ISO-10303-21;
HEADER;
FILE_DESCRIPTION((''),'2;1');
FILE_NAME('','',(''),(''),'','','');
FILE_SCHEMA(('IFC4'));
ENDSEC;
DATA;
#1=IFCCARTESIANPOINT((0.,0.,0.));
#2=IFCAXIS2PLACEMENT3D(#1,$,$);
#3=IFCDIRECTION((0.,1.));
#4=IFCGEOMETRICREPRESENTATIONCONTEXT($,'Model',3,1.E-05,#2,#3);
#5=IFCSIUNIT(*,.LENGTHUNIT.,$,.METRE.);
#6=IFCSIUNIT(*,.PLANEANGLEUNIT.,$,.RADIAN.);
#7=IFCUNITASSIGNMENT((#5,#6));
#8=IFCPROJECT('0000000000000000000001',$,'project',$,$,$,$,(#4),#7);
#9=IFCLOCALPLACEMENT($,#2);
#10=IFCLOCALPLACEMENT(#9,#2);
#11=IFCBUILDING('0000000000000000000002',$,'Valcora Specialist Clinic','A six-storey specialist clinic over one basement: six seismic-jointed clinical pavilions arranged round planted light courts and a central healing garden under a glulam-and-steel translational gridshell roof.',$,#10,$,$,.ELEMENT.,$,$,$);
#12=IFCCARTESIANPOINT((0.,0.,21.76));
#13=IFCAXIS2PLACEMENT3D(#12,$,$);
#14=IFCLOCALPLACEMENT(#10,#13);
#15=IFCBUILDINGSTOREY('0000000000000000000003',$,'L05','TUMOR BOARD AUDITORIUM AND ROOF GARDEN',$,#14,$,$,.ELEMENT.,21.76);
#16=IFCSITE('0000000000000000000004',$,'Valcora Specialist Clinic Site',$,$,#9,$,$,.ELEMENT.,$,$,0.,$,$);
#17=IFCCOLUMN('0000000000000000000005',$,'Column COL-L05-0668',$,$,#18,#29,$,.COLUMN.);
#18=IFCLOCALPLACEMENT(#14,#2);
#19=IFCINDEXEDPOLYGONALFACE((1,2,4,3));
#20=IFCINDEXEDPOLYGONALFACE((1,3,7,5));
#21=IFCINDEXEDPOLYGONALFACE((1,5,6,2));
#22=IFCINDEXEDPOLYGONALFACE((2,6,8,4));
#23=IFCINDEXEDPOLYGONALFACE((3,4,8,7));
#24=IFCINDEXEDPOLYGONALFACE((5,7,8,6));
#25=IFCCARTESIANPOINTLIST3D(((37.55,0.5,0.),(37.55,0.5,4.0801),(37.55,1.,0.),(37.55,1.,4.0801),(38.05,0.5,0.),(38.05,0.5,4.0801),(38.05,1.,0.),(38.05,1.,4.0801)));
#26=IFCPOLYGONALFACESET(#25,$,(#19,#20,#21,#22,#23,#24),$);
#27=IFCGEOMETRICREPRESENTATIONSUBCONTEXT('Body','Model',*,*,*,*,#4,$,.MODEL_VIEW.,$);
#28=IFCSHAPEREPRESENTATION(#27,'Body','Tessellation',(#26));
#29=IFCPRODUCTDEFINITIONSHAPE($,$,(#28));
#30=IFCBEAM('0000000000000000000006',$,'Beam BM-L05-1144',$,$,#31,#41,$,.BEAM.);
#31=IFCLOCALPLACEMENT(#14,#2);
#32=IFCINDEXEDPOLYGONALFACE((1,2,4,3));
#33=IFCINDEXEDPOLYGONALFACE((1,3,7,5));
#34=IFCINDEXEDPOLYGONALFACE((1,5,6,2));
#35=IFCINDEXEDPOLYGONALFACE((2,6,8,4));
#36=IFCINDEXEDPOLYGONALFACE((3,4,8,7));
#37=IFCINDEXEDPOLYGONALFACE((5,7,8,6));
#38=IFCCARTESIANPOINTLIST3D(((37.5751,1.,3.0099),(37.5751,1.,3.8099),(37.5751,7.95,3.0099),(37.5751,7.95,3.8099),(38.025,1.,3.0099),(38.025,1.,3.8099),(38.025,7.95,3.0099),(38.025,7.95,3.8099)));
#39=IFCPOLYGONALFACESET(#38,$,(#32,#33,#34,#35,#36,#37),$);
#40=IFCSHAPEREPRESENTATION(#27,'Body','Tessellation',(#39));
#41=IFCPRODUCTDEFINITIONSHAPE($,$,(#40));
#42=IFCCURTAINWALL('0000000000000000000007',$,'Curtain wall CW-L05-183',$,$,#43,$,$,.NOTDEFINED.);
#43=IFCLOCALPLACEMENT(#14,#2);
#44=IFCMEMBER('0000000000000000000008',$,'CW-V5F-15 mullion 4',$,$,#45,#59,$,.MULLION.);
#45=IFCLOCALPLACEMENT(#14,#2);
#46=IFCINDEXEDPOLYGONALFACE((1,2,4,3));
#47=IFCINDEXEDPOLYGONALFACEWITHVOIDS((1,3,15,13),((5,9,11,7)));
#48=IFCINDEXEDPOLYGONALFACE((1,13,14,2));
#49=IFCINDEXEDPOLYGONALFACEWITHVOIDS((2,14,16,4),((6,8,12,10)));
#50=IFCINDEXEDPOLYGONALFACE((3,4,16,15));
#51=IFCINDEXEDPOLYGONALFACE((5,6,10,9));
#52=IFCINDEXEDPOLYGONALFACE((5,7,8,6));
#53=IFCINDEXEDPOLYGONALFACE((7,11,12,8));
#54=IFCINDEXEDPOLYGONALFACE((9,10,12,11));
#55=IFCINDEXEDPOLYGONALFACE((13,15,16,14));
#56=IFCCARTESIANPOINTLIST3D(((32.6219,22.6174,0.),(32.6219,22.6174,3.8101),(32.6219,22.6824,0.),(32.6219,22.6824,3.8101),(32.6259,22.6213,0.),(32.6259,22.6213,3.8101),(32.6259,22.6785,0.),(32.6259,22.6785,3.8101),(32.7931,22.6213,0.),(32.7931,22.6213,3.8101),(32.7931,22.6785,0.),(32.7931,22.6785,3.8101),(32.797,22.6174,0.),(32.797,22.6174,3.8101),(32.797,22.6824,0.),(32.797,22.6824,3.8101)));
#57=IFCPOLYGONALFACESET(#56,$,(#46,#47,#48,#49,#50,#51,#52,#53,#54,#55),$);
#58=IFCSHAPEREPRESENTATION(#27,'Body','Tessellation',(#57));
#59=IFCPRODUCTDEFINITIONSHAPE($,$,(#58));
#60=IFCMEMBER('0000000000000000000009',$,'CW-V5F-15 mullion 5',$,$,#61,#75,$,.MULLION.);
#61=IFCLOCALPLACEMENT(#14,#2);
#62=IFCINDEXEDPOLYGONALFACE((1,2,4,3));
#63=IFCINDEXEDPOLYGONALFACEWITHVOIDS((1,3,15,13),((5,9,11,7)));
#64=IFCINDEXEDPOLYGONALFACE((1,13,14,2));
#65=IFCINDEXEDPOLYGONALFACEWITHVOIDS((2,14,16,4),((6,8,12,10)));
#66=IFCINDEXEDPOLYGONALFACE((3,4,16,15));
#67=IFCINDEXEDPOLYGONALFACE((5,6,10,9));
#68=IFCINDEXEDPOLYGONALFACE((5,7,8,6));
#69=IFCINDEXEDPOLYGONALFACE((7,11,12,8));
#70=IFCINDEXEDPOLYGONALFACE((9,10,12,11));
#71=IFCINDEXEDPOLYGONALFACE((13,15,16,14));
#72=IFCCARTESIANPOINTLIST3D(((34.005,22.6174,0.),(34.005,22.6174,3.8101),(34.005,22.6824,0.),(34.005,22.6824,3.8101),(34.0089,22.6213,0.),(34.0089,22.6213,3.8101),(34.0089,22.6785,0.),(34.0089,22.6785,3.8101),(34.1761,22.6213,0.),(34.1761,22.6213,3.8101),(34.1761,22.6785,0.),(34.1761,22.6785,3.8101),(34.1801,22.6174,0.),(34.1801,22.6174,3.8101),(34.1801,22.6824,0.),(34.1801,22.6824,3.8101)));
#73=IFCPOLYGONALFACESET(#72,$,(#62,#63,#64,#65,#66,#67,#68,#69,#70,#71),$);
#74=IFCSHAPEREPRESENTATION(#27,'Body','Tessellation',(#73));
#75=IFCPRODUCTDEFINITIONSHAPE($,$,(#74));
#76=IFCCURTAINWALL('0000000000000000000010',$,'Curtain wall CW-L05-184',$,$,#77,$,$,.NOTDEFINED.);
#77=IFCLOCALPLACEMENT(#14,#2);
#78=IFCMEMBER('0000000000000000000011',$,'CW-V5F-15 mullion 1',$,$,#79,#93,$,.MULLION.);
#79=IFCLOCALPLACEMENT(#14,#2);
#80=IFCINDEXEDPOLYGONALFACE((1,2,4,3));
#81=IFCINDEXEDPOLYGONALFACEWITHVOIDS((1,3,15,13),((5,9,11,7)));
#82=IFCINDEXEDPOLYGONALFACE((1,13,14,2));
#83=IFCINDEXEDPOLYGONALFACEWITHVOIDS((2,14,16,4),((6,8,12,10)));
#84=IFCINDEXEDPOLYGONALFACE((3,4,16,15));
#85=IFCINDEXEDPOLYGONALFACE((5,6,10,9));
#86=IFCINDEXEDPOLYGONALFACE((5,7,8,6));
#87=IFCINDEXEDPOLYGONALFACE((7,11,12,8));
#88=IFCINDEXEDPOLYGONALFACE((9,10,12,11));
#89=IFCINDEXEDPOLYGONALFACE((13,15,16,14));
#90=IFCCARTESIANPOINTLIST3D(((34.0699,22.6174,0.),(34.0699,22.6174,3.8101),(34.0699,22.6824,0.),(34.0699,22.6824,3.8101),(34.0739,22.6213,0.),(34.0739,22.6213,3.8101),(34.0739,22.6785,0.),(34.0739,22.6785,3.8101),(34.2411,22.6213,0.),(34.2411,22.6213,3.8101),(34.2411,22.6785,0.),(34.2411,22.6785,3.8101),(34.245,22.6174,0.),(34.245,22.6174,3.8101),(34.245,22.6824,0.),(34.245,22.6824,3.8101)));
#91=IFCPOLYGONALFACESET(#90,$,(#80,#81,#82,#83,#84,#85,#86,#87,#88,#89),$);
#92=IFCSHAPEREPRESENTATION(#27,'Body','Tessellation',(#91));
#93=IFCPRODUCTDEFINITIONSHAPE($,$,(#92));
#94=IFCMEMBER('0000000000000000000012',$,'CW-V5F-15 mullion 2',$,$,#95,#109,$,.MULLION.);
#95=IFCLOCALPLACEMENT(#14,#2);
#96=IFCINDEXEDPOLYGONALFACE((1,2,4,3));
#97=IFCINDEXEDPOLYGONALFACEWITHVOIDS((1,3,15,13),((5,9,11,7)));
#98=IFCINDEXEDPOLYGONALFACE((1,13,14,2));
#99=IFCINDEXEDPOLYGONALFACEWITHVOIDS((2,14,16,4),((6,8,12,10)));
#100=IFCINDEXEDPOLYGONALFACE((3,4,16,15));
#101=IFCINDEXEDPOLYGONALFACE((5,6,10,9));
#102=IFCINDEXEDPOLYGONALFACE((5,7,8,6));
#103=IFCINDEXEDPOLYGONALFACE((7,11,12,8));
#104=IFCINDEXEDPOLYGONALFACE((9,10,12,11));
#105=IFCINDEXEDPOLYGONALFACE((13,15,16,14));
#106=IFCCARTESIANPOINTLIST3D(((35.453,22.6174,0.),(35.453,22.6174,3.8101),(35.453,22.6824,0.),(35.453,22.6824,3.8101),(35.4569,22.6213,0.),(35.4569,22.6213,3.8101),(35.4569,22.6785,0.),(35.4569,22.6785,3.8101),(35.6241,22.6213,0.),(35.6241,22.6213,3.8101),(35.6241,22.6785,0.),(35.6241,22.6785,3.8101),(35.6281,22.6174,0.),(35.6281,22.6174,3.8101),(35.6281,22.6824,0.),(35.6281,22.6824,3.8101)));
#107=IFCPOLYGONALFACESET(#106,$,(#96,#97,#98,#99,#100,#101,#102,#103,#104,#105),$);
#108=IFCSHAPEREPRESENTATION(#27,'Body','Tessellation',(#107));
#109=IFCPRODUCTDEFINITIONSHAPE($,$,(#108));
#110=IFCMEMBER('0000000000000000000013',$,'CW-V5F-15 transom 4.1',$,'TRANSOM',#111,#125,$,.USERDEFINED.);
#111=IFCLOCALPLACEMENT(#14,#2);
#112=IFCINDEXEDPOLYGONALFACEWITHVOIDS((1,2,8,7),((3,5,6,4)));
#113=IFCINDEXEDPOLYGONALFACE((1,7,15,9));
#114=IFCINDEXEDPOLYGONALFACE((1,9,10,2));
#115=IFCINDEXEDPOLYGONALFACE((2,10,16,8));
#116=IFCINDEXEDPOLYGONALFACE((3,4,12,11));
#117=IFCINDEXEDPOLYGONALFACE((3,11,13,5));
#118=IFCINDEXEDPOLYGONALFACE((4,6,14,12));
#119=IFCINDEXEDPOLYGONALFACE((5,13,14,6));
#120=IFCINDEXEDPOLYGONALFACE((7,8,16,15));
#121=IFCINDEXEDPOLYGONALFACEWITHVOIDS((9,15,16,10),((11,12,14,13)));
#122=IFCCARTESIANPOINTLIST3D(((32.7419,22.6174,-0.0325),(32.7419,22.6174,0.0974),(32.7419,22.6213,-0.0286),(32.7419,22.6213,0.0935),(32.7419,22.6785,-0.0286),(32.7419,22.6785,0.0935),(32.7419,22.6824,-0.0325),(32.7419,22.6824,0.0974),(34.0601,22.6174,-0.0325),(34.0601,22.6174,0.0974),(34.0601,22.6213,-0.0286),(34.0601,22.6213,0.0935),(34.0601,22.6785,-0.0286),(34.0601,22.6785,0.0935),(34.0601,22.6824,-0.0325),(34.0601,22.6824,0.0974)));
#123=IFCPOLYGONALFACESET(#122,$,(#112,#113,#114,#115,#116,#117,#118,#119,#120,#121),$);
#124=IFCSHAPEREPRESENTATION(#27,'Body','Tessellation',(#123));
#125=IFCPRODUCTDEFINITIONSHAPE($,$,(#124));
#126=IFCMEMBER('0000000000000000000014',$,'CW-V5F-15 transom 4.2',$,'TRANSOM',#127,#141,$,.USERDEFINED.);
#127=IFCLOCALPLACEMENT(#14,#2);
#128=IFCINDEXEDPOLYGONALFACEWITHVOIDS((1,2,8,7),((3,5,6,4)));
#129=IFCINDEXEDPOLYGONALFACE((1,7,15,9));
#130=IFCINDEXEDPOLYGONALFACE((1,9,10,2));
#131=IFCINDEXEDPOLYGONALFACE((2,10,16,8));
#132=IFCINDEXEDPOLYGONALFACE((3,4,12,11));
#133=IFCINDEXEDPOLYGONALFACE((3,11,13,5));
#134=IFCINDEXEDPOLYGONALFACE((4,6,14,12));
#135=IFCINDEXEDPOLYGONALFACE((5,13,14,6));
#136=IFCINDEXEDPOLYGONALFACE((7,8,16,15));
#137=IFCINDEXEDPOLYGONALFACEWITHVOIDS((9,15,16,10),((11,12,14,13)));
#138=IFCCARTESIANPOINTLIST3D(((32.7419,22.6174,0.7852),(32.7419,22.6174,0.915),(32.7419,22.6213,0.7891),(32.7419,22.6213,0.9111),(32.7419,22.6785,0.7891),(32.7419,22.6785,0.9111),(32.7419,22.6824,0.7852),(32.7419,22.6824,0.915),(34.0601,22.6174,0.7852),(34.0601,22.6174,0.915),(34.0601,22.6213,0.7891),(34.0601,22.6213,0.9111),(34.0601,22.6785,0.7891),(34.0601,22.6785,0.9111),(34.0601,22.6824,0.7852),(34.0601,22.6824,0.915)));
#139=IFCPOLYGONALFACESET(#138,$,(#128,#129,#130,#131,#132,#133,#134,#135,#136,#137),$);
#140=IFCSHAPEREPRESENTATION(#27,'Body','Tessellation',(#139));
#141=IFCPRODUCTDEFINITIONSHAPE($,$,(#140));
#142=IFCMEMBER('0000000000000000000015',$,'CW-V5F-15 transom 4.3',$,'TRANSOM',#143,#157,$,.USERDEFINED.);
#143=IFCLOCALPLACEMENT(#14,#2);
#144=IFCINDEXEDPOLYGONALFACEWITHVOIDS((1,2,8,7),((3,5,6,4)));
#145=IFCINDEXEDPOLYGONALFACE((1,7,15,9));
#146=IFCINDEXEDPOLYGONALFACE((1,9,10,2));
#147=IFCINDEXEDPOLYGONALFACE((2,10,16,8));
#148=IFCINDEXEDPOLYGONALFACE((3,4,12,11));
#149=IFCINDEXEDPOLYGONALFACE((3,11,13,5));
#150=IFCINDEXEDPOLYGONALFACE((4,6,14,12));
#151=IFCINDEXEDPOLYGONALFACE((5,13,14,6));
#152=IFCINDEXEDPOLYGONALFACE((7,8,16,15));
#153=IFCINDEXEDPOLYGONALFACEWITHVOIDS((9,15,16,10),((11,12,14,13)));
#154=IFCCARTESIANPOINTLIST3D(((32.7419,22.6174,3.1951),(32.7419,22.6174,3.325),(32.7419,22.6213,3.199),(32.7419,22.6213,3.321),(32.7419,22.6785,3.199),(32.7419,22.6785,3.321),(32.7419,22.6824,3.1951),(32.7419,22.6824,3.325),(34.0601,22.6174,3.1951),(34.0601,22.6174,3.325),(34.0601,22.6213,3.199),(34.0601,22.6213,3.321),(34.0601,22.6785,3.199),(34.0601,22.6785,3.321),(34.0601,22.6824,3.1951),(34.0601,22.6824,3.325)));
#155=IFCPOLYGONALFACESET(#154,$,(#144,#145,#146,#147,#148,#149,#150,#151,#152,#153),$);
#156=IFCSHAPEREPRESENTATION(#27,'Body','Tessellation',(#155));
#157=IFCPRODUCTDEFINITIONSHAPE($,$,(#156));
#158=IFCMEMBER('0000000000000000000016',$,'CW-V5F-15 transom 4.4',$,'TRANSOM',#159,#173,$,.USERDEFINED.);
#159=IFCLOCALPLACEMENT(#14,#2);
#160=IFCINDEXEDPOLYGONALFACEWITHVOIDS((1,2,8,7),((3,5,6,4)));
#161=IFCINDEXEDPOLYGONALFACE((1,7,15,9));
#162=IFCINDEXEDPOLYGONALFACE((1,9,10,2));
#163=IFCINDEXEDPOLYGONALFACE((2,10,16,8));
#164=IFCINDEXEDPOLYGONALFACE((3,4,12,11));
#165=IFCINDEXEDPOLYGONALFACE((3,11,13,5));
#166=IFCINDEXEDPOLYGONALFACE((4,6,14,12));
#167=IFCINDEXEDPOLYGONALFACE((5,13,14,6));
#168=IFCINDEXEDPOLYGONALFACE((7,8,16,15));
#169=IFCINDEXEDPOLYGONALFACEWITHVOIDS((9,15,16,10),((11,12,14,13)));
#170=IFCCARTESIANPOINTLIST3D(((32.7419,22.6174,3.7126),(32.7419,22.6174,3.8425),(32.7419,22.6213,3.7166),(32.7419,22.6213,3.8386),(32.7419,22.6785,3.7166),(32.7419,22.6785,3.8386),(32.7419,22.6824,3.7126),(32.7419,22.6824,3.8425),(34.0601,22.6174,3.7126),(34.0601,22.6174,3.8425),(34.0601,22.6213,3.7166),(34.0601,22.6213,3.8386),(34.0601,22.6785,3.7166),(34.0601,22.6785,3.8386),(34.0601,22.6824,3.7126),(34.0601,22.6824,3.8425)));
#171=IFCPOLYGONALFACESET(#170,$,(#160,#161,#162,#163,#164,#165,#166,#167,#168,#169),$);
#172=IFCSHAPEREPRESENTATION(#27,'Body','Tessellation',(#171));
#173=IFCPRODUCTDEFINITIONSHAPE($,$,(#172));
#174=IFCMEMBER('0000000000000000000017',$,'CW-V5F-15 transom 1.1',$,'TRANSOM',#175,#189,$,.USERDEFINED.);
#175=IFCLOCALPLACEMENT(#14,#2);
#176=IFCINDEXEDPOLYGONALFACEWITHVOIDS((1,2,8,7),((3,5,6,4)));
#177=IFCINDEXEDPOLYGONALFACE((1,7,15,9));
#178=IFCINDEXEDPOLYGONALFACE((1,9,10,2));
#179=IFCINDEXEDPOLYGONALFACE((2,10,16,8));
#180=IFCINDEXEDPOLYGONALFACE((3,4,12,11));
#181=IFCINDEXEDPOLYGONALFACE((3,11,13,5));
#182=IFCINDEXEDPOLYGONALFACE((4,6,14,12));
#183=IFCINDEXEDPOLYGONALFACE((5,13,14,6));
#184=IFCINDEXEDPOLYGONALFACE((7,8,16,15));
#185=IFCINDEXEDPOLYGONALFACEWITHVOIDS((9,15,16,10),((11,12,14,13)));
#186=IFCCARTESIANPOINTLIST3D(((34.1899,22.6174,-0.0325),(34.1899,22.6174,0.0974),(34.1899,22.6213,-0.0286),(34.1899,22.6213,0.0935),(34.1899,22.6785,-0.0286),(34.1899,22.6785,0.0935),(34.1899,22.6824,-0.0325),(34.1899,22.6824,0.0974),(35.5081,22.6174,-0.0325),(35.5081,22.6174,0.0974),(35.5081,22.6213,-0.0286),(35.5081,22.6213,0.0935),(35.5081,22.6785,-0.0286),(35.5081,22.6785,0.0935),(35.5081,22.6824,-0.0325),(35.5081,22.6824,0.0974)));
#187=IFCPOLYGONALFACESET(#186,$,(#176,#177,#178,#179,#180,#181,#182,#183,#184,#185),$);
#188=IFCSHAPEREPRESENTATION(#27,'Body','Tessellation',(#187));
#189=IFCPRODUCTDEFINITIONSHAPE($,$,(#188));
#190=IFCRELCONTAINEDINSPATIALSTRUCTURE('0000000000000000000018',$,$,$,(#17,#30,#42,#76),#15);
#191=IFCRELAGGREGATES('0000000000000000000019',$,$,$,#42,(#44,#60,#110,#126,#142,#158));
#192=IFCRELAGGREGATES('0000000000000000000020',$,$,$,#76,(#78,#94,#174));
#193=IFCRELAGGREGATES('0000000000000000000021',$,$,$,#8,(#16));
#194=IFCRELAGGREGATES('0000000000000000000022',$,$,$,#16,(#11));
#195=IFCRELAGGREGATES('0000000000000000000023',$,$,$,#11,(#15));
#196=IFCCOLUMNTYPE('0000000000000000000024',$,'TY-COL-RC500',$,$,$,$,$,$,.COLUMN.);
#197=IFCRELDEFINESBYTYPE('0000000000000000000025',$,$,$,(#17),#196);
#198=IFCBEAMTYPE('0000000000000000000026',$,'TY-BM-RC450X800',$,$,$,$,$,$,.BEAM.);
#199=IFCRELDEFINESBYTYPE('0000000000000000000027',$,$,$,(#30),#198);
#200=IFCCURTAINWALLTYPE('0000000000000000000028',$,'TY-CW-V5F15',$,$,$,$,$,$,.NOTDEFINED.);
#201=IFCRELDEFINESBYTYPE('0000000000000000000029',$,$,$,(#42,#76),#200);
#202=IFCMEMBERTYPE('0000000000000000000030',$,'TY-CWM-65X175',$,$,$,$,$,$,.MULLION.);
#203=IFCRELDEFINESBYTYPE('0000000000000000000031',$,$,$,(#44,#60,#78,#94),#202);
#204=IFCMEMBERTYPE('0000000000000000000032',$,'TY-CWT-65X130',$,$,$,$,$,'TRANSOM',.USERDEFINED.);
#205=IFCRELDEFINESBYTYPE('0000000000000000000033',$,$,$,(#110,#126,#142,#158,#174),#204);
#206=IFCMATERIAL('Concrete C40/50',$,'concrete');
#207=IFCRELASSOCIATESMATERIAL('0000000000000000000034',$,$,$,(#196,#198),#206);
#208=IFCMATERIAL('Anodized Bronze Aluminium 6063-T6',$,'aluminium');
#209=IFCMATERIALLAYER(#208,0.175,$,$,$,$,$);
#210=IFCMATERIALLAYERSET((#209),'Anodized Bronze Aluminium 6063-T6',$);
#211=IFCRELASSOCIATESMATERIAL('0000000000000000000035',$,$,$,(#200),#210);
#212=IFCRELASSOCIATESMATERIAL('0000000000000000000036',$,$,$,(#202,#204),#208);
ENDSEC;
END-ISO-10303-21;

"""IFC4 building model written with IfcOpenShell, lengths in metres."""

from ifc_helpers import new_model, si_unit, direction, frame, origin, origin_2d, place, context, subcontext, project, spatial, rectangle, hollow_rectangle, extrude, material, layer, layer_set, material_profile, profile_set, type_object, element, aggregate, save


model = new_model("IFC4")

# Units and contexts
model_context = context("Model", 3, precision=1e-05, world=origin(), true_north=direction((0.0, 1.0)))
body_context = subcontext(model_context, "Body", "Model", "MODEL_VIEW")
ifc_project = project(units=[si_unit("LENGTHUNIT", "METRE"), si_unit("PLANEANGLEUNIT", "RADIAN")], contexts=[model_context])

# Site, building, storey
site_placement = place(None, origin())
site = spatial("IfcSite", under=ifc_project, at=site_placement, Name="Valcora Specialist Clinic Site", CompositionType="ELEMENT", RefElevation=0.0)
building_placement = place(site_placement, origin())
building = spatial("IfcBuilding", under=site, at=building_placement, Name="Valcora Specialist Clinic", Description="A six-storey specialist clinic over one basement: six seismic-jointed clinical pavilions arranged round planted light courts and a central healing garden under a glulam-and-steel translational gridshell roof.", CompositionType="ELEMENT")
storey_placement = place(building_placement, frame((0.0, 0.0, 21.76)))
storey = spatial("IfcBuildingStorey", under=building, at=storey_placement, Name="L05", Description="TUMOR BOARD AUDITORIUM AND ROOF GARDEN", CompositionType="ELEMENT", Elevation=21.76)

# Column
ifc_material_1 = material(Name="Concrete C40/50", Category="concrete")
ifc_material_profile_1 = material_profile(ifc_material_1, rectangle(XDim=0.5, YDim=0.5, at=origin_2d()), Name="RC-COL-500X500")
ifc_profile_set_1 = profile_set([ifc_material_profile_1], Name="Concrete C40/50")
column_type = type_object("IfcColumnType", Name="TY-COL-RC500", PredefinedType="COLUMN", material=ifc_profile_set_1)
column_placement = place(storey_placement, frame((37.8, 0.75, 0.0), z_axis=(0.0, 0.0, 1.0), x_axis=(1.0, 0.0, 0.0)))
element("IfcColumn", 1, at=column_placement, inside=storey, type_object=column_type, Name="Column COL-L05-0668", PredefinedType="COLUMN", context=body_context, shape_type="SweptSolid", body=[
    extrude(rectangle(XDim=0.5, YDim=0.5, at=origin_2d()), origin(), (0.0, 0.0, 1.0), 4.0801),
])

# Beam
ifc_material_profile_2 = material_profile(ifc_material_1, rectangle(XDim=0.45, YDim=0.8, at=origin_2d()), Name="RC-BM-450X800")
ifc_profile_set_2 = profile_set([ifc_material_profile_2], Name="Concrete C40/50")
beam_type = type_object("IfcBeamType", Name="TY-BM-RC450X800", PredefinedType="BEAM", material=ifc_profile_set_2)
beam_placement = place(storey_placement, frame((37.8, 1.0, 3.4099), z_axis=(0.0, 1.0, 0.0), x_axis=(-1.0, 0.0, 0.0)))
element("IfcBeam", 2, at=beam_placement, inside=storey, type_object=beam_type, Name="Beam BM-L05-1144", PredefinedType="BEAM", context=body_context, shape_type="SweptSolid", body=[
    extrude(rectangle(XDim=0.45, YDim=0.8, at=origin_2d()), origin(), (0.0, 0.0, 1.0), 6.95),
])

# Curtain walls, members
ifc_material_2 = material(Name="Anodized Bronze Aluminium 6063-T6", Category="aluminium")
ifc_layer_1 = layer(ifc_material_2, 0.175)
ifc_layer_set_1 = layer_set([ifc_layer_1], Name="Anodized Bronze Aluminium 6063-T6")
curtain_wall_type = type_object("IfcCurtainWallType", Name="TY-CW-V5F15", PredefinedType="NOTDEFINED", material=ifc_layer_set_1)
curtain_wall_1_placement = place(storey_placement, origin())
curtain_wall_1 = element("IfcCurtainWall", 3, at=curtain_wall_1_placement, inside=storey, type_object=curtain_wall_type, Name="Curtain wall CW-L05-183", PredefinedType="NOTDEFINED")
ifc_material_profile_3 = material_profile(ifc_material_2, hollow_rectangle(XDim=0.0649, YDim=0.175, WallThickness=0.0039, at=origin_2d()), Name="AL-MUL-65X175")
ifc_profile_set_3 = profile_set([ifc_material_profile_3], Name="Anodized Bronze Aluminium 6063-T6")
member_type_1 = type_object("IfcMemberType", Name="TY-CWM-65X175", PredefinedType="MULLION", material=ifc_profile_set_3)
member_1_placement = place(storey_placement, frame((32.7095, 22.6499, 0.0), z_axis=(0.0, 0.0, 1.0), x_axis=(0.0, 1.0, 0.0)))
member_1 = element("IfcMember", 4, at=member_1_placement, type_object=member_type_1, Name="CW-V5F-15 mullion 4", PredefinedType="MULLION", context=body_context, shape_type="SweptSolid", body=[
    extrude(hollow_rectangle(XDim=0.0649, YDim=0.175, WallThickness=0.0039, at=origin_2d()), origin(), (0.0, 0.0, 1.0), 3.8101),
])
member_2_placement = place(storey_placement, frame((34.0925, 22.6499, 0.0), z_axis=(0.0, 0.0, 1.0), x_axis=(0.0, 1.0, 0.0)))
member_2 = element("IfcMember", 5, at=member_2_placement, type_object=member_type_1, Name="CW-V5F-15 mullion 5", PredefinedType="MULLION", context=body_context, shape_type="SweptSolid", body=[
    extrude(hollow_rectangle(XDim=0.0649, YDim=0.175, WallThickness=0.0039, at=origin_2d()), origin(), (0.0, 0.0, 1.0), 3.8101),
])
curtain_wall_2_placement = place(storey_placement, origin())
curtain_wall_2 = element("IfcCurtainWall", 6, at=curtain_wall_2_placement, inside=storey, type_object=curtain_wall_type, Name="Curtain wall CW-L05-184", PredefinedType="NOTDEFINED")
member_3_placement = place(storey_placement, frame((34.1575, 22.6499, 0.0), z_axis=(0.0, 0.0, 1.0), x_axis=(0.0, 1.0, 0.0)))
member_3 = element("IfcMember", 7, at=member_3_placement, type_object=member_type_1, Name="CW-V5F-15 mullion 1", PredefinedType="MULLION", context=body_context, shape_type="SweptSolid", body=[
    extrude(hollow_rectangle(XDim=0.0649, YDim=0.175, WallThickness=0.0039, at=origin_2d()), origin(), (0.0, 0.0, 1.0), 3.8101),
])
member_4_placement = place(storey_placement, frame((35.5405, 22.6499, 0.0), z_axis=(0.0, 0.0, 1.0), x_axis=(0.0, 1.0, 0.0)))
member_4 = element("IfcMember", 8, at=member_4_placement, type_object=member_type_1, Name="CW-V5F-15 mullion 2", PredefinedType="MULLION", context=body_context, shape_type="SweptSolid", body=[
    extrude(hollow_rectangle(XDim=0.0649, YDim=0.175, WallThickness=0.0039, at=origin_2d()), origin(), (0.0, 0.0, 1.0), 3.8101),
])

# Members
ifc_material_profile_4 = material_profile(ifc_material_2, hollow_rectangle(XDim=0.0649, YDim=0.1299, WallThickness=0.0039, at=origin_2d()), Name="AL-TRN-65X130")
ifc_profile_set_4 = profile_set([ifc_material_profile_4], Name="Anodized Bronze Aluminium 6063-T6")
member_type_2 = type_object("IfcMemberType", Name="TY-CWT-65X130", ElementType="TRANSOM", PredefinedType="USERDEFINED", material=ifc_profile_set_4)
member_5_placement = place(storey_placement, frame((32.7419, 22.6499, 0.0325), z_axis=(1.0, 0.0, 0.0), x_axis=(0.0, 1.0, 0.0)))
member_5 = element("IfcMember", 9, at=member_5_placement, type_object=member_type_2, Name="CW-V5F-15 transom 4.1", ObjectType="TRANSOM", PredefinedType="USERDEFINED", context=body_context, shape_type="SweptSolid", body=[
    extrude(hollow_rectangle(XDim=0.0649, YDim=0.1299, WallThickness=0.0039, at=origin_2d()), origin(), (0.0, 0.0, 1.0), 1.3181),
])
member_6_placement = place(storey_placement, frame((32.7419, 22.6499, 0.8501), z_axis=(1.0, 0.0, 0.0), x_axis=(0.0, 1.0, 0.0)))
member_6 = element("IfcMember", 10, at=member_6_placement, type_object=member_type_2, Name="CW-V5F-15 transom 4.2", ObjectType="TRANSOM", PredefinedType="USERDEFINED", context=body_context, shape_type="SweptSolid", body=[
    extrude(hollow_rectangle(XDim=0.0649, YDim=0.1299, WallThickness=0.0039, at=origin_2d()), origin(), (0.0, 0.0, 1.0), 1.3181),
])
member_7_placement = place(storey_placement, frame((32.7419, 22.6499, 3.26), z_axis=(1.0, 0.0, 0.0), x_axis=(0.0, 1.0, 0.0)))
member_7 = element("IfcMember", 11, at=member_7_placement, type_object=member_type_2, Name="CW-V5F-15 transom 4.3", ObjectType="TRANSOM", PredefinedType="USERDEFINED", context=body_context, shape_type="SweptSolid", body=[
    extrude(hollow_rectangle(XDim=0.0649, YDim=0.1299, WallThickness=0.0039, at=origin_2d()), origin(), (0.0, 0.0, 1.0), 1.3181),
])
member_8_placement = place(storey_placement, frame((32.7419, 22.6499, 3.7776), z_axis=(1.0, 0.0, 0.0), x_axis=(0.0, 1.0, 0.0)))
member_8 = element("IfcMember", 12, at=member_8_placement, type_object=member_type_2, Name="CW-V5F-15 transom 4.4", ObjectType="TRANSOM", PredefinedType="USERDEFINED", context=body_context, shape_type="SweptSolid", body=[
    extrude(hollow_rectangle(XDim=0.0649, YDim=0.1299, WallThickness=0.0039, at=origin_2d()), origin(), (0.0, 0.0, 1.0), 1.3181),
])
member_9_placement = place(storey_placement, frame((34.1899, 22.6499, 0.0325), z_axis=(1.0, 0.0, 0.0), x_axis=(0.0, 1.0, 0.0)))
member_9 = element("IfcMember", 13, at=member_9_placement, type_object=member_type_2, Name="CW-V5F-15 transom 1.1", ObjectType="TRANSOM", PredefinedType="USERDEFINED", context=body_context, shape_type="SweptSolid", body=[
    extrude(hollow_rectangle(XDim=0.0649, YDim=0.1299, WallThickness=0.0039, at=origin_2d()), origin(), (0.0, 0.0, 1.0), 1.3181),
])

aggregate(curtain_wall_1, [member_1, member_2, member_5, member_6, member_7, member_8])
aggregate(curtain_wall_2, [member_3, member_4, member_9])

save(model, "model.ifc")
